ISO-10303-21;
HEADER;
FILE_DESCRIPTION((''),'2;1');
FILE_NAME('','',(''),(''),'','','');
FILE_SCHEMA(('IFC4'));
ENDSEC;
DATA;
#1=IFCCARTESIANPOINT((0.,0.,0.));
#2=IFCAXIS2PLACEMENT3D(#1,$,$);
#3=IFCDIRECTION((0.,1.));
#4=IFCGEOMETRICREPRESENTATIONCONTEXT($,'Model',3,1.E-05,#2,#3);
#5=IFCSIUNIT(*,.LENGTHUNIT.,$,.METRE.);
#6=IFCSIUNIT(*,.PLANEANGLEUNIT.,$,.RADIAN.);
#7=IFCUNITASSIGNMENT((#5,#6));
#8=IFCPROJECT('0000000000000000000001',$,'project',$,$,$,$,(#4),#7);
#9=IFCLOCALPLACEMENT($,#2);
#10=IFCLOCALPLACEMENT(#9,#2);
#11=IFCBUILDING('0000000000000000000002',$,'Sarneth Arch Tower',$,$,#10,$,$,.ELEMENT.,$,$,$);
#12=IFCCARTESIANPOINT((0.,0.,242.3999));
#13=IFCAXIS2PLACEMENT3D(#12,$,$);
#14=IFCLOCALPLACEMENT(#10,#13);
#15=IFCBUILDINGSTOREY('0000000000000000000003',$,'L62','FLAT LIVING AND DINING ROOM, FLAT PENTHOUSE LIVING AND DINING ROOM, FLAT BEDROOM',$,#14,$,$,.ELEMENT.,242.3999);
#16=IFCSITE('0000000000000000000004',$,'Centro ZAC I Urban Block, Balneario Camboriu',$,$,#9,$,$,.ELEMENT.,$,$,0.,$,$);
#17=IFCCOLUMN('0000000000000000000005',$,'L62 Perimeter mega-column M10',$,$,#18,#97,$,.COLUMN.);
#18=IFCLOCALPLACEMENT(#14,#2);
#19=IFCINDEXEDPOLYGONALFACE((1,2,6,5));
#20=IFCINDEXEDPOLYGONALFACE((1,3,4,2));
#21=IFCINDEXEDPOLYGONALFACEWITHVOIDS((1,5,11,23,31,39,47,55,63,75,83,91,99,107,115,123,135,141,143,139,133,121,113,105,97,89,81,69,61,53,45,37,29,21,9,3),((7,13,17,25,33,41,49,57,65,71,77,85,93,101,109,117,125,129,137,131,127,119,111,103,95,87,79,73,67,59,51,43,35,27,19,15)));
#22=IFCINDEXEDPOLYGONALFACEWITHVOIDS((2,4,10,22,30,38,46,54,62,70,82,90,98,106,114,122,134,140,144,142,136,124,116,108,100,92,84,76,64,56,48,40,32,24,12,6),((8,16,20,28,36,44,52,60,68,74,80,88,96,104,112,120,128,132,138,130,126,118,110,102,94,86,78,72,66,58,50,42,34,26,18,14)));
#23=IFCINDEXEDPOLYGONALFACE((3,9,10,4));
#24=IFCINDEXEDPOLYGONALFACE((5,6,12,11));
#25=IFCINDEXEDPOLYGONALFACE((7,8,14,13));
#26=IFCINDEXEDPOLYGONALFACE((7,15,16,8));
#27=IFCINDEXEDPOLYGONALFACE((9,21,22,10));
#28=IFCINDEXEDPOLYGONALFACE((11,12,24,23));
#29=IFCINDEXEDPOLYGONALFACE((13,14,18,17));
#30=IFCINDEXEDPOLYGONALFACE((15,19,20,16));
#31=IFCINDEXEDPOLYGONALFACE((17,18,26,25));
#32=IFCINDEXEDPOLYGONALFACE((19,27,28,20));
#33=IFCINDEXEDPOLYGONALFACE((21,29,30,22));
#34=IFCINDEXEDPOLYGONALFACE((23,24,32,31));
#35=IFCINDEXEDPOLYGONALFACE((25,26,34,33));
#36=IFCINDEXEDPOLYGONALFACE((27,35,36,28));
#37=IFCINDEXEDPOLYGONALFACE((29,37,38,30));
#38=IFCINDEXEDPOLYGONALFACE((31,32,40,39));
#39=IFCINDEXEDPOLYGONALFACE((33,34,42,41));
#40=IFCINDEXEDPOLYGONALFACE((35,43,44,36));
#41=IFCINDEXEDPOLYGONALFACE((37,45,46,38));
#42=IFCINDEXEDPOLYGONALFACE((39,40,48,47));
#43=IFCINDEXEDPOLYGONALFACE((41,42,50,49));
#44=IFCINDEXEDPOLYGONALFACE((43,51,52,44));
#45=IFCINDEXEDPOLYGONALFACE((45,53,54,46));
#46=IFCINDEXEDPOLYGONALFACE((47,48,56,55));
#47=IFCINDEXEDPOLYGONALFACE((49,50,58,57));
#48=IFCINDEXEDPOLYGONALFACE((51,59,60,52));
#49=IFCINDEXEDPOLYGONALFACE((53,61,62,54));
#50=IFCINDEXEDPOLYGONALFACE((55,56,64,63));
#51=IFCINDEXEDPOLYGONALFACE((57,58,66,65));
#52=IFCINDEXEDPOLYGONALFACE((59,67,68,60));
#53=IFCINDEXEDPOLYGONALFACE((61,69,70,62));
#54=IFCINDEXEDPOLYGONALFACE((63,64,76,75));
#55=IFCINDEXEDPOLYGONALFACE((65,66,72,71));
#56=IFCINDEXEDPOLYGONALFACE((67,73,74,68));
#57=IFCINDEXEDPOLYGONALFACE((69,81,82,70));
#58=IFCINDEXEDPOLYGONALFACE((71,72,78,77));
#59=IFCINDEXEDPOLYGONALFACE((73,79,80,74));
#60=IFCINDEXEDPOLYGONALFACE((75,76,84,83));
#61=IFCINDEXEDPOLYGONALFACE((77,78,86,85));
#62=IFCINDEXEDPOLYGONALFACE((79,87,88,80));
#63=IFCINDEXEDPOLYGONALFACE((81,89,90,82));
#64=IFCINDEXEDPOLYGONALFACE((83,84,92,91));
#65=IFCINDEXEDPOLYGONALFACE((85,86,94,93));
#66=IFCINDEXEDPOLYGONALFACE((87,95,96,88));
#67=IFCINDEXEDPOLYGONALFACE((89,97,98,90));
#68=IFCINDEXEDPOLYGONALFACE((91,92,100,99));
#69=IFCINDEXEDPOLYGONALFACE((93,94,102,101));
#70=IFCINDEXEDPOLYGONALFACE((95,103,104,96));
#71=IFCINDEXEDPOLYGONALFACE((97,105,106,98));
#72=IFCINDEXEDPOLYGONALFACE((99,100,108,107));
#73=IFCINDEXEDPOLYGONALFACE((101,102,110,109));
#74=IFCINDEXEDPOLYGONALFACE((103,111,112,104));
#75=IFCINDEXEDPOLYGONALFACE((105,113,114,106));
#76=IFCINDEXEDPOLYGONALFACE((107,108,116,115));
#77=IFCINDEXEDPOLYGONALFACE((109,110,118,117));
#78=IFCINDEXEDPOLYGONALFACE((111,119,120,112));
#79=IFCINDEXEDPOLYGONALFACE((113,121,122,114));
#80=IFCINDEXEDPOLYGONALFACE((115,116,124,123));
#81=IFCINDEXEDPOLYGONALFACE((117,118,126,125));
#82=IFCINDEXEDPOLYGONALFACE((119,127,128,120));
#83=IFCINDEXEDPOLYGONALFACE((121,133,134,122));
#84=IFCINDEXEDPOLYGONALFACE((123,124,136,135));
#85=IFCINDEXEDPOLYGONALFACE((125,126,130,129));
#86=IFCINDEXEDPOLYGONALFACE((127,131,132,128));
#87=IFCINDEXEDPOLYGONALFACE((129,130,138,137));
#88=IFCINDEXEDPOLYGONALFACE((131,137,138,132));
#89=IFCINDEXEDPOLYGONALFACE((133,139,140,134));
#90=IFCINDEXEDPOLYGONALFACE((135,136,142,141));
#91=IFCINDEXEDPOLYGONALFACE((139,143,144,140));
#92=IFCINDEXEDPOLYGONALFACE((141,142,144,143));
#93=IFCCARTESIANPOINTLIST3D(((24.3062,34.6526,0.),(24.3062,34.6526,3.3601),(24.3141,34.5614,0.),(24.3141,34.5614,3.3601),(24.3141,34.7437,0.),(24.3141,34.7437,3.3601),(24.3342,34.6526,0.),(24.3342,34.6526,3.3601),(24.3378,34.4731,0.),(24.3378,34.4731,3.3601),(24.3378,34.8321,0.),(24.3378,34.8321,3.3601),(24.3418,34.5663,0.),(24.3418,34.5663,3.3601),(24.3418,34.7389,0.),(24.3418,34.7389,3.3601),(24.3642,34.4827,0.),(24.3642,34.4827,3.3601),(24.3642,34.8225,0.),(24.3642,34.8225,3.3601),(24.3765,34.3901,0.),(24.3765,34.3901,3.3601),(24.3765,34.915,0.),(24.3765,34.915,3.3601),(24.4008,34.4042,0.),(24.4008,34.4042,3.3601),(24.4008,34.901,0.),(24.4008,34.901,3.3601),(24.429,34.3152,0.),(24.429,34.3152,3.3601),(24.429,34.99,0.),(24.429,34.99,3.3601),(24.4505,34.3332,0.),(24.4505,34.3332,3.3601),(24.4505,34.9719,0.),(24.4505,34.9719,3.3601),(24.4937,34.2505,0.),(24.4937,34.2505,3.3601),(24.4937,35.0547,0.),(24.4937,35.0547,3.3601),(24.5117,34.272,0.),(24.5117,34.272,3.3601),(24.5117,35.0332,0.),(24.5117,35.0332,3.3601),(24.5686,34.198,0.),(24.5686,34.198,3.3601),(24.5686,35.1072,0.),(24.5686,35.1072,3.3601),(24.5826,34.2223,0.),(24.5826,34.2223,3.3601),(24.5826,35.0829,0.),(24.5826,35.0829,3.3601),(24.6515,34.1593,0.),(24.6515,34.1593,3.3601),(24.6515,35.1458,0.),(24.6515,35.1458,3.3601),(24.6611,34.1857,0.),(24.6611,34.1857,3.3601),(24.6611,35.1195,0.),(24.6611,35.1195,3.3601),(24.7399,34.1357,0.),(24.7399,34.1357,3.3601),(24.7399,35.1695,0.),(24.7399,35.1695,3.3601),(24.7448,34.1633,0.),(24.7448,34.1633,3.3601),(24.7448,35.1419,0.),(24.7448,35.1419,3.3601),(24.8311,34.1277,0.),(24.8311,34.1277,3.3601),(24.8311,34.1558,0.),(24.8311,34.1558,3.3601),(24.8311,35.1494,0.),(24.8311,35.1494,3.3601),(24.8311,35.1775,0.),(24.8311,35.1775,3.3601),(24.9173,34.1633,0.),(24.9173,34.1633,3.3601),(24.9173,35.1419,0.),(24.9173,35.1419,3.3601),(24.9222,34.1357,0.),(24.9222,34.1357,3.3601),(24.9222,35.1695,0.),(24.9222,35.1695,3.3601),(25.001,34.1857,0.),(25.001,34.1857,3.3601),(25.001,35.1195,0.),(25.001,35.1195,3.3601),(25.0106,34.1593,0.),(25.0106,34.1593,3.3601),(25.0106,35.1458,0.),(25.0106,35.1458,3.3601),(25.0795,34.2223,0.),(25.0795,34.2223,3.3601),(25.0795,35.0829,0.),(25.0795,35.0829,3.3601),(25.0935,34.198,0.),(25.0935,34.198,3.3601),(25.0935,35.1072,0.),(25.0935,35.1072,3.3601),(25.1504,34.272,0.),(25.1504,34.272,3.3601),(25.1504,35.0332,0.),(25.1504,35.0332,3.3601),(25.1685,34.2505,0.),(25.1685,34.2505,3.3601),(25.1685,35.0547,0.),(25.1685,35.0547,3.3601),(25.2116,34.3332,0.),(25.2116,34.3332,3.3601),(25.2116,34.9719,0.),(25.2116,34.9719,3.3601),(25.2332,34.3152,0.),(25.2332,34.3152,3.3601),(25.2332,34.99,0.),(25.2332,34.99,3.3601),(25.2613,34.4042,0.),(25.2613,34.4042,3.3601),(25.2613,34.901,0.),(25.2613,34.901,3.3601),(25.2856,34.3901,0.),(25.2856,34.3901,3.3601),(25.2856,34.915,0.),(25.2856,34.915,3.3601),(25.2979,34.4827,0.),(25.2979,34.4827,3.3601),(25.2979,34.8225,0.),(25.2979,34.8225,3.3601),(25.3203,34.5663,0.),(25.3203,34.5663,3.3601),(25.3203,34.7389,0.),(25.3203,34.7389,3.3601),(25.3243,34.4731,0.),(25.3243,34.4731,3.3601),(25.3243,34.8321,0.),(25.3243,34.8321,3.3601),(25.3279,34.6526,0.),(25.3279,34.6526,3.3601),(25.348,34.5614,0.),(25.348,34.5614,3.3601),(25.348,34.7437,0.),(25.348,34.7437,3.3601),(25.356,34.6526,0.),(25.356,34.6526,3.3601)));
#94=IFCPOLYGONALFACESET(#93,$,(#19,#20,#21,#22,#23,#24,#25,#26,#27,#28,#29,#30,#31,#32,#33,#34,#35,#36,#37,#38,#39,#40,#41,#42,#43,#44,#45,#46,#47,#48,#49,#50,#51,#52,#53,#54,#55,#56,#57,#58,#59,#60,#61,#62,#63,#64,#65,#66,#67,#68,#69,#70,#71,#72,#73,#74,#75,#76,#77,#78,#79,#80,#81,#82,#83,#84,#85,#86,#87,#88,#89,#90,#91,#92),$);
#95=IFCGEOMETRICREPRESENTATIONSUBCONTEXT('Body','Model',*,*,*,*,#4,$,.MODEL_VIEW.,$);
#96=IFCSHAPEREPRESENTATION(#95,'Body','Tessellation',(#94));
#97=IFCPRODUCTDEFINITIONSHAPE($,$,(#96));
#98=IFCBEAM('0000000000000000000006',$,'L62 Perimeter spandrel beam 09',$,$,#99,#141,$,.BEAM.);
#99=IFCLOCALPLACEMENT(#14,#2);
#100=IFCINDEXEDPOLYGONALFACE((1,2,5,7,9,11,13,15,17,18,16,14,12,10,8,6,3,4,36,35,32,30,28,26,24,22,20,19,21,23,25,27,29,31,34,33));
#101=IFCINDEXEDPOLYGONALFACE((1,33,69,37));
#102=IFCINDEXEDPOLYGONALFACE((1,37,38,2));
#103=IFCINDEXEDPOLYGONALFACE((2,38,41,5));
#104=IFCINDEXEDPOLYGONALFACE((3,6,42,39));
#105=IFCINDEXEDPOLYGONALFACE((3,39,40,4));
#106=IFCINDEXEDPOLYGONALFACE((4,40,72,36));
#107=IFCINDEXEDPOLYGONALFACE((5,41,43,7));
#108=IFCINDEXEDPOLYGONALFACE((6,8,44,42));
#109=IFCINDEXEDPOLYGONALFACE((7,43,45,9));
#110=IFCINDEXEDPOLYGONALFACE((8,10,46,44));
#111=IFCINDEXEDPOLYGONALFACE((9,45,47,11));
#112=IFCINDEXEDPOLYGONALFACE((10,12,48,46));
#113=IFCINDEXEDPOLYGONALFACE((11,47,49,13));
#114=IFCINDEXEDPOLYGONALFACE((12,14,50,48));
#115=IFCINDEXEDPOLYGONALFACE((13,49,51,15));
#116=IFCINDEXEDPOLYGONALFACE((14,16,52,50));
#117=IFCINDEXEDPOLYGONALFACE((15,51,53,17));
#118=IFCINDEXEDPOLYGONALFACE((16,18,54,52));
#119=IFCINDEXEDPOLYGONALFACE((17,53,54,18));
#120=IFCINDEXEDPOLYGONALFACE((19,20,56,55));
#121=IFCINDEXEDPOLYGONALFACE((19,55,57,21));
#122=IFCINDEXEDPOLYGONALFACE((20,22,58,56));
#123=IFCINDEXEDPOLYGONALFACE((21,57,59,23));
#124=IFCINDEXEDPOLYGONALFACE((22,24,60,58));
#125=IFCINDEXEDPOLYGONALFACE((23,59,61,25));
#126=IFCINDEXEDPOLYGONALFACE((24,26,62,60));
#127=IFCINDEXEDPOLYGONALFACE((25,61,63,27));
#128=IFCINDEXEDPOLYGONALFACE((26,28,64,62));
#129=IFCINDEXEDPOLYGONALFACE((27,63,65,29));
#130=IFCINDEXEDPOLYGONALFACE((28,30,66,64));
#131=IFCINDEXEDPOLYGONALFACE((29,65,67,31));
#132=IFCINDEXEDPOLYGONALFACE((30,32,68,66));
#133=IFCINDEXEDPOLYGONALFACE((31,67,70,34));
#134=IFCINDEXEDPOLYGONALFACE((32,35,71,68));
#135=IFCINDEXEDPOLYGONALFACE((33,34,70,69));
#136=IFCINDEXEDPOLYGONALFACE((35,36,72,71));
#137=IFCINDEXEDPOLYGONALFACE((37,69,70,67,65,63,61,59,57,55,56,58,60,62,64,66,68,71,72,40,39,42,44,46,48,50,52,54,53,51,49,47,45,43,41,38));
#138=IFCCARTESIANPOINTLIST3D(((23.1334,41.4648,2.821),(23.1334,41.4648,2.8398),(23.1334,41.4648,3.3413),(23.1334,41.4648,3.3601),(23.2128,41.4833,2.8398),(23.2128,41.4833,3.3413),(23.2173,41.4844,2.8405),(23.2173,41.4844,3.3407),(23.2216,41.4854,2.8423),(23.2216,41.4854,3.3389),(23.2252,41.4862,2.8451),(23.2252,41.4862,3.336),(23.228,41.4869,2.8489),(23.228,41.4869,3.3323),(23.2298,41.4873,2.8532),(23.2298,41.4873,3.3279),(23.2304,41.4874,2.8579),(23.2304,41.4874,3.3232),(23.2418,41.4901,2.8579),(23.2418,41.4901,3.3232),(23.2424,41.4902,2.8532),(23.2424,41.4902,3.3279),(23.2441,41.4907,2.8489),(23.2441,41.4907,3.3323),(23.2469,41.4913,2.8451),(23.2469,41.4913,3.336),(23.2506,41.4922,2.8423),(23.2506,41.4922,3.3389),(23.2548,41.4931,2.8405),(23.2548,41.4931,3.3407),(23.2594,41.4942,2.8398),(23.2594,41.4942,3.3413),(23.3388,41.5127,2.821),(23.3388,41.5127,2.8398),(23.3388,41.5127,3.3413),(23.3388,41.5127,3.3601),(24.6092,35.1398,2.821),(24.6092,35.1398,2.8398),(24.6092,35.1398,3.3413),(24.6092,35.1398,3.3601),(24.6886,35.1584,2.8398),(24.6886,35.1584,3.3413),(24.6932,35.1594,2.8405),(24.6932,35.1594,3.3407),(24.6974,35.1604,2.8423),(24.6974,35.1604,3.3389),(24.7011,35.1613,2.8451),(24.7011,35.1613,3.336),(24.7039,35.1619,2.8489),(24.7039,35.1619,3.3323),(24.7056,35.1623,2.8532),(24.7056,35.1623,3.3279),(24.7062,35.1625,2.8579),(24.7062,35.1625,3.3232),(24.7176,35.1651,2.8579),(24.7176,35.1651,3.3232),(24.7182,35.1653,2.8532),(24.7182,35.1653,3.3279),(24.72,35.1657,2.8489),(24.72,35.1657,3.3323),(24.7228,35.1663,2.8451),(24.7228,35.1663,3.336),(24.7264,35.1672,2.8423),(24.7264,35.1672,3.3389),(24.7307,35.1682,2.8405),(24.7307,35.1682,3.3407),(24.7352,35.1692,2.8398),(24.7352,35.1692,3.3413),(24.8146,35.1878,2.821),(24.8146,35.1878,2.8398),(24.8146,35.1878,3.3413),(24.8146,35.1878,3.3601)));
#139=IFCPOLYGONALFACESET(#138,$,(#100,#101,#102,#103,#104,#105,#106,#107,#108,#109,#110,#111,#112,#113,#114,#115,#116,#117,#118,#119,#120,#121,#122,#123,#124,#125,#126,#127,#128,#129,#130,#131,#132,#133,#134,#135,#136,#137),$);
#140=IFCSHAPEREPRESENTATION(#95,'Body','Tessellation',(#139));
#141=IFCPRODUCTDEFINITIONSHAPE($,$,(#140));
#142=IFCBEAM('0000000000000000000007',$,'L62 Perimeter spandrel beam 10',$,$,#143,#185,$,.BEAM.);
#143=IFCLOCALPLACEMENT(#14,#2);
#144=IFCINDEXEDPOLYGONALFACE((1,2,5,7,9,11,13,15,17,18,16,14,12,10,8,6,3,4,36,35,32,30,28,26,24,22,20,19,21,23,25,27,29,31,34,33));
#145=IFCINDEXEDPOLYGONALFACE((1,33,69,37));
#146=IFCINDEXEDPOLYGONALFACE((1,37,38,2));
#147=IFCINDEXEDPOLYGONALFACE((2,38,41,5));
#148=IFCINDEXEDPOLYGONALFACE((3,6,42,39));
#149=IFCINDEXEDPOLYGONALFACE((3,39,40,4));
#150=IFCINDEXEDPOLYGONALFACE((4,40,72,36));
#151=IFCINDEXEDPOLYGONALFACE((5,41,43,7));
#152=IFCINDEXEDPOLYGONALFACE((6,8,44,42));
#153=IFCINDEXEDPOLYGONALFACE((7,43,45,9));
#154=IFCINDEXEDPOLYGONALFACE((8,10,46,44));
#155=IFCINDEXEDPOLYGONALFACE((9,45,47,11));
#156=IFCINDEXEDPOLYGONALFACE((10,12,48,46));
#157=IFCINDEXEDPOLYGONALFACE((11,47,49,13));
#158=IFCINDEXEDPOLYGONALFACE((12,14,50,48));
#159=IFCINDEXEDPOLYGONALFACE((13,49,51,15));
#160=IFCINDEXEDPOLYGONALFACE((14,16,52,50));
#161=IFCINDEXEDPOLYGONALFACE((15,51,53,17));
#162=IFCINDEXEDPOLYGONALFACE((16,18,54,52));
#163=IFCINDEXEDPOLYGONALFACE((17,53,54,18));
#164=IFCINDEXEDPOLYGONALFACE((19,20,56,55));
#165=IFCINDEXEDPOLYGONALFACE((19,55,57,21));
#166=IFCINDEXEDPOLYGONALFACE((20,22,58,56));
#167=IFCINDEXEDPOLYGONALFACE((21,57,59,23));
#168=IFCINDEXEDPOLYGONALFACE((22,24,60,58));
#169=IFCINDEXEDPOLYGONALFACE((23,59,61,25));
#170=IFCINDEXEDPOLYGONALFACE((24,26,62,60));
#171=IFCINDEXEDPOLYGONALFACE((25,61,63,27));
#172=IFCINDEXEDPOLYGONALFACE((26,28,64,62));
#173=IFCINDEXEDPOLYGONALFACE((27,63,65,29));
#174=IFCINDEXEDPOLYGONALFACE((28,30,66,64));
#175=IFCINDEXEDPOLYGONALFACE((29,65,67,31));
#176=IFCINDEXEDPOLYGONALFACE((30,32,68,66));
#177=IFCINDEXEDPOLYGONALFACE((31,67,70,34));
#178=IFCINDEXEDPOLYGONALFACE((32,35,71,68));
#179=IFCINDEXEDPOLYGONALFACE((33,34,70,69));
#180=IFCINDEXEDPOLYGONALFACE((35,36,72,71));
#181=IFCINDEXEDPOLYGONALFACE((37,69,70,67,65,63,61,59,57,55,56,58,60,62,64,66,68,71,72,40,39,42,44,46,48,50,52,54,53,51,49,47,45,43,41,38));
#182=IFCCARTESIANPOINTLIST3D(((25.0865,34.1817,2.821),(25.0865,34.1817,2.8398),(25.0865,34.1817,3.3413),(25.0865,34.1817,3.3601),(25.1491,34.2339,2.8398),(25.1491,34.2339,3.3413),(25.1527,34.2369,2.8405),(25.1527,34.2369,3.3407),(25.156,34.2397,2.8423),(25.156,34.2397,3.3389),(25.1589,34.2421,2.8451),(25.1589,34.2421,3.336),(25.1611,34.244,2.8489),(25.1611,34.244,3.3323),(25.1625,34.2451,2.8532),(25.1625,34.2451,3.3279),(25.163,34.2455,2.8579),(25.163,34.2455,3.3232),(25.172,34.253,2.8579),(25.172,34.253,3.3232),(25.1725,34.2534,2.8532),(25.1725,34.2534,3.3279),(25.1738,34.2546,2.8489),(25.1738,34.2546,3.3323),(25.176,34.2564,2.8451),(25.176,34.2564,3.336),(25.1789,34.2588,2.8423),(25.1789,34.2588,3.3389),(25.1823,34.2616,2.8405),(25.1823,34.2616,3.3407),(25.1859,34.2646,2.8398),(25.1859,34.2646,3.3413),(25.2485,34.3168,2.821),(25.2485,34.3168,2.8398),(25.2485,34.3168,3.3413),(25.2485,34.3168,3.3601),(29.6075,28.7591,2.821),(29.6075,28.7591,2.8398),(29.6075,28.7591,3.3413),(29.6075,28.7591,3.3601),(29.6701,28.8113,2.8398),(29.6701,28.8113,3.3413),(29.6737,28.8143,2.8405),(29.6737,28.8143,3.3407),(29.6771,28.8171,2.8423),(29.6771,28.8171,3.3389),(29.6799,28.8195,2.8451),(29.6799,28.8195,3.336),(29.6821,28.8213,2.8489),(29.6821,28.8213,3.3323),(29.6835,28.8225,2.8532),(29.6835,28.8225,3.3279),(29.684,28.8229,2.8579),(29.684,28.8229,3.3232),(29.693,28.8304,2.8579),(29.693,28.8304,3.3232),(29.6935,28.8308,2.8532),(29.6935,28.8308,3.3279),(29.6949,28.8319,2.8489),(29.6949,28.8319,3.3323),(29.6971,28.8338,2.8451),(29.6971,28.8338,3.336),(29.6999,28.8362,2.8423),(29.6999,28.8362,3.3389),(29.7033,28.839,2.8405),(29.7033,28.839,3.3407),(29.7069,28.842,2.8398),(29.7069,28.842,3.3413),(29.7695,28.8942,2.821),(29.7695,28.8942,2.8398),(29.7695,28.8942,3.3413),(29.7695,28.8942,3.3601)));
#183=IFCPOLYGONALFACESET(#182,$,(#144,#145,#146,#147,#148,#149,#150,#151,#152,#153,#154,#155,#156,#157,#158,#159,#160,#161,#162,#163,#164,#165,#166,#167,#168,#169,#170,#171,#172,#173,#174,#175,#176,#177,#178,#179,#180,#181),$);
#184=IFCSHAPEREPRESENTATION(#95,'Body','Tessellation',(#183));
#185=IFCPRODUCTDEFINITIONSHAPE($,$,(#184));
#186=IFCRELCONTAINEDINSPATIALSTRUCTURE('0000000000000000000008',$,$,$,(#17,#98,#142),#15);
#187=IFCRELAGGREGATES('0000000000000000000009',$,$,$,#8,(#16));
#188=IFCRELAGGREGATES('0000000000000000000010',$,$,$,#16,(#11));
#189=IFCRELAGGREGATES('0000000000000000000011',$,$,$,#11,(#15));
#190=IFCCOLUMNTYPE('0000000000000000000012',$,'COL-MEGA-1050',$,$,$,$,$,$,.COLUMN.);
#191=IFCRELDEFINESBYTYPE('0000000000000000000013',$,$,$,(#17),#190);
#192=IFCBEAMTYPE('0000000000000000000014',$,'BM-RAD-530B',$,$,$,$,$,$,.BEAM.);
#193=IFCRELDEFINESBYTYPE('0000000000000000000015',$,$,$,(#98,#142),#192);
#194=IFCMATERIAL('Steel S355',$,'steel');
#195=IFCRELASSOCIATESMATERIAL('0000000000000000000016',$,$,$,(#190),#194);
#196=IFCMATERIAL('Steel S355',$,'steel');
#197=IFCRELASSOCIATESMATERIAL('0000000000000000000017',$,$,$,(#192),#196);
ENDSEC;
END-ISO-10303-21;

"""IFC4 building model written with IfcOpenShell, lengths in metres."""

from ifc_helpers import new_model, si_unit, direction, frame, origin, origin_2d, place, context, subcontext, project, spatial, hollow_circle, i_section, extrude, material, material_profile, profile_set, type_object, element, save


model = new_model("IFC4")

# Units and contexts
model_context = context("Model", 3, precision=1e-05, world=origin(), true_north=direction((0.0, 1.0)))
body_context = subcontext(model_context, "Body", "Model", "MODEL_VIEW")
ifc_project = project(units=[si_unit("LENGTHUNIT", "METRE"), si_unit("PLANEANGLEUNIT", "RADIAN")], contexts=[model_context])

# Site, building, storey
site_placement = place(None, origin())
site = spatial("IfcSite", under=ifc_project, at=site_placement, Name="Centro ZAC I Urban Block, Balneario Camboriu", CompositionType="ELEMENT", RefElevation=0.0)
building_placement = place(site_placement, origin())
building = spatial("IfcBuilding", under=site, at=building_placement, Name="Sarneth Arch Tower", CompositionType="ELEMENT")
storey_placement = place(building_placement, frame((0.0, 0.0, 242.3999)))
storey = spatial("IfcBuildingStorey", under=building, at=storey_placement, Name="L62", Description="FLAT LIVING AND DINING ROOM, FLAT PENTHOUSE LIVING AND DINING ROOM, FLAT BEDROOM", CompositionType="ELEMENT", Elevation=242.3999)

# Column
ifc_material_1 = material(Name="Steel S355", Category="steel")
ifc_material_profile_1 = material_profile(ifc_material_1, hollow_circle(Radius=0.5249, WallThickness=0.0281, at=origin_2d()), Name="CHS1050x28")
ifc_profile_set_1 = profile_set([ifc_material_profile_1], Name="Steel S355")
column_type = type_object("IfcColumnType", Name="COL-MEGA-1050", PredefinedType="COLUMN", material=ifc_profile_set_1)
column_placement = place(storey_placement, frame((24.8311, 34.6526, 0.0), z_axis=(0.0, 0.0, 1.0), x_axis=(1.0, 0.0, 0.0)))
element("IfcColumn", 1, at=column_placement, inside=storey, type_object=column_type, Name="L62 Perimeter mega-column M10", PredefinedType="COLUMN", context=body_context, shape_type="SweptSolid", body=[
    extrude(hollow_circle(Radius=0.5249, WallThickness=0.0281, at=origin_2d()), origin(), (0.0, 0.0, 1.0), 3.3601),
])

# Beams
ifc_material_2 = material(Name="Steel S355", Category="steel")
ifc_material_profile_2 = material_profile(ifc_material_2, i_section(OverallWidth=0.2109, OverallDepth=0.5391, WebThickness=0.0117, FlangeThickness=0.0188, FilletRadius=0.0181, at=origin_2d()), Name="W530x109")
ifc_profile_set_2 = profile_set([ifc_material_profile_2], Name="Steel S355")
beam_type = type_object("IfcBeamType", Name="BM-RAD-530B", PredefinedType="BEAM", material=ifc_profile_set_2)
beam_1_placement = place(storey_placement, frame((23.2361, 41.4888, 3.0906), z_axis=(0.227231, -0.973841, 0.0), x_axis=(0.973841, 0.227231, 0.0)))
element("IfcBeam", 2, at=beam_1_placement, inside=storey, type_object=beam_type, Name="L62 Perimeter spandrel beam 09", PredefinedType="BEAM", context=body_context, shape_type="SweptSolid", body=[
    extrude(i_section(OverallWidth=0.2109, OverallDepth=0.5391, WebThickness=0.0117, FlangeThickness=0.0188, FilletRadius=0.0181, at=origin_2d()), origin(), (0.0, 0.0, 1.0), 6.4949),
])
beam_2_placement = place(storey_placement, frame((25.1675, 34.2493, 3.0906), z_axis=(0.640365, -0.768071, 0.0), x_axis=(0.768071, 0.640365, 0.0)))
element("IfcBeam", 3, at=beam_2_placement, inside=storey, type_object=beam_type, Name="L62 Perimeter spandrel beam 10", PredefinedType="BEAM", context=body_context, shape_type="SweptSolid", body=[
    extrude(i_section(OverallWidth=0.2109, OverallDepth=0.5391, WebThickness=0.0117, FlangeThickness=0.0188, FilletRadius=0.0181, at=origin_2d()), origin(), (0.0, 0.0, 1.0), 7.0601),
])

save(model, "model.ifc")
